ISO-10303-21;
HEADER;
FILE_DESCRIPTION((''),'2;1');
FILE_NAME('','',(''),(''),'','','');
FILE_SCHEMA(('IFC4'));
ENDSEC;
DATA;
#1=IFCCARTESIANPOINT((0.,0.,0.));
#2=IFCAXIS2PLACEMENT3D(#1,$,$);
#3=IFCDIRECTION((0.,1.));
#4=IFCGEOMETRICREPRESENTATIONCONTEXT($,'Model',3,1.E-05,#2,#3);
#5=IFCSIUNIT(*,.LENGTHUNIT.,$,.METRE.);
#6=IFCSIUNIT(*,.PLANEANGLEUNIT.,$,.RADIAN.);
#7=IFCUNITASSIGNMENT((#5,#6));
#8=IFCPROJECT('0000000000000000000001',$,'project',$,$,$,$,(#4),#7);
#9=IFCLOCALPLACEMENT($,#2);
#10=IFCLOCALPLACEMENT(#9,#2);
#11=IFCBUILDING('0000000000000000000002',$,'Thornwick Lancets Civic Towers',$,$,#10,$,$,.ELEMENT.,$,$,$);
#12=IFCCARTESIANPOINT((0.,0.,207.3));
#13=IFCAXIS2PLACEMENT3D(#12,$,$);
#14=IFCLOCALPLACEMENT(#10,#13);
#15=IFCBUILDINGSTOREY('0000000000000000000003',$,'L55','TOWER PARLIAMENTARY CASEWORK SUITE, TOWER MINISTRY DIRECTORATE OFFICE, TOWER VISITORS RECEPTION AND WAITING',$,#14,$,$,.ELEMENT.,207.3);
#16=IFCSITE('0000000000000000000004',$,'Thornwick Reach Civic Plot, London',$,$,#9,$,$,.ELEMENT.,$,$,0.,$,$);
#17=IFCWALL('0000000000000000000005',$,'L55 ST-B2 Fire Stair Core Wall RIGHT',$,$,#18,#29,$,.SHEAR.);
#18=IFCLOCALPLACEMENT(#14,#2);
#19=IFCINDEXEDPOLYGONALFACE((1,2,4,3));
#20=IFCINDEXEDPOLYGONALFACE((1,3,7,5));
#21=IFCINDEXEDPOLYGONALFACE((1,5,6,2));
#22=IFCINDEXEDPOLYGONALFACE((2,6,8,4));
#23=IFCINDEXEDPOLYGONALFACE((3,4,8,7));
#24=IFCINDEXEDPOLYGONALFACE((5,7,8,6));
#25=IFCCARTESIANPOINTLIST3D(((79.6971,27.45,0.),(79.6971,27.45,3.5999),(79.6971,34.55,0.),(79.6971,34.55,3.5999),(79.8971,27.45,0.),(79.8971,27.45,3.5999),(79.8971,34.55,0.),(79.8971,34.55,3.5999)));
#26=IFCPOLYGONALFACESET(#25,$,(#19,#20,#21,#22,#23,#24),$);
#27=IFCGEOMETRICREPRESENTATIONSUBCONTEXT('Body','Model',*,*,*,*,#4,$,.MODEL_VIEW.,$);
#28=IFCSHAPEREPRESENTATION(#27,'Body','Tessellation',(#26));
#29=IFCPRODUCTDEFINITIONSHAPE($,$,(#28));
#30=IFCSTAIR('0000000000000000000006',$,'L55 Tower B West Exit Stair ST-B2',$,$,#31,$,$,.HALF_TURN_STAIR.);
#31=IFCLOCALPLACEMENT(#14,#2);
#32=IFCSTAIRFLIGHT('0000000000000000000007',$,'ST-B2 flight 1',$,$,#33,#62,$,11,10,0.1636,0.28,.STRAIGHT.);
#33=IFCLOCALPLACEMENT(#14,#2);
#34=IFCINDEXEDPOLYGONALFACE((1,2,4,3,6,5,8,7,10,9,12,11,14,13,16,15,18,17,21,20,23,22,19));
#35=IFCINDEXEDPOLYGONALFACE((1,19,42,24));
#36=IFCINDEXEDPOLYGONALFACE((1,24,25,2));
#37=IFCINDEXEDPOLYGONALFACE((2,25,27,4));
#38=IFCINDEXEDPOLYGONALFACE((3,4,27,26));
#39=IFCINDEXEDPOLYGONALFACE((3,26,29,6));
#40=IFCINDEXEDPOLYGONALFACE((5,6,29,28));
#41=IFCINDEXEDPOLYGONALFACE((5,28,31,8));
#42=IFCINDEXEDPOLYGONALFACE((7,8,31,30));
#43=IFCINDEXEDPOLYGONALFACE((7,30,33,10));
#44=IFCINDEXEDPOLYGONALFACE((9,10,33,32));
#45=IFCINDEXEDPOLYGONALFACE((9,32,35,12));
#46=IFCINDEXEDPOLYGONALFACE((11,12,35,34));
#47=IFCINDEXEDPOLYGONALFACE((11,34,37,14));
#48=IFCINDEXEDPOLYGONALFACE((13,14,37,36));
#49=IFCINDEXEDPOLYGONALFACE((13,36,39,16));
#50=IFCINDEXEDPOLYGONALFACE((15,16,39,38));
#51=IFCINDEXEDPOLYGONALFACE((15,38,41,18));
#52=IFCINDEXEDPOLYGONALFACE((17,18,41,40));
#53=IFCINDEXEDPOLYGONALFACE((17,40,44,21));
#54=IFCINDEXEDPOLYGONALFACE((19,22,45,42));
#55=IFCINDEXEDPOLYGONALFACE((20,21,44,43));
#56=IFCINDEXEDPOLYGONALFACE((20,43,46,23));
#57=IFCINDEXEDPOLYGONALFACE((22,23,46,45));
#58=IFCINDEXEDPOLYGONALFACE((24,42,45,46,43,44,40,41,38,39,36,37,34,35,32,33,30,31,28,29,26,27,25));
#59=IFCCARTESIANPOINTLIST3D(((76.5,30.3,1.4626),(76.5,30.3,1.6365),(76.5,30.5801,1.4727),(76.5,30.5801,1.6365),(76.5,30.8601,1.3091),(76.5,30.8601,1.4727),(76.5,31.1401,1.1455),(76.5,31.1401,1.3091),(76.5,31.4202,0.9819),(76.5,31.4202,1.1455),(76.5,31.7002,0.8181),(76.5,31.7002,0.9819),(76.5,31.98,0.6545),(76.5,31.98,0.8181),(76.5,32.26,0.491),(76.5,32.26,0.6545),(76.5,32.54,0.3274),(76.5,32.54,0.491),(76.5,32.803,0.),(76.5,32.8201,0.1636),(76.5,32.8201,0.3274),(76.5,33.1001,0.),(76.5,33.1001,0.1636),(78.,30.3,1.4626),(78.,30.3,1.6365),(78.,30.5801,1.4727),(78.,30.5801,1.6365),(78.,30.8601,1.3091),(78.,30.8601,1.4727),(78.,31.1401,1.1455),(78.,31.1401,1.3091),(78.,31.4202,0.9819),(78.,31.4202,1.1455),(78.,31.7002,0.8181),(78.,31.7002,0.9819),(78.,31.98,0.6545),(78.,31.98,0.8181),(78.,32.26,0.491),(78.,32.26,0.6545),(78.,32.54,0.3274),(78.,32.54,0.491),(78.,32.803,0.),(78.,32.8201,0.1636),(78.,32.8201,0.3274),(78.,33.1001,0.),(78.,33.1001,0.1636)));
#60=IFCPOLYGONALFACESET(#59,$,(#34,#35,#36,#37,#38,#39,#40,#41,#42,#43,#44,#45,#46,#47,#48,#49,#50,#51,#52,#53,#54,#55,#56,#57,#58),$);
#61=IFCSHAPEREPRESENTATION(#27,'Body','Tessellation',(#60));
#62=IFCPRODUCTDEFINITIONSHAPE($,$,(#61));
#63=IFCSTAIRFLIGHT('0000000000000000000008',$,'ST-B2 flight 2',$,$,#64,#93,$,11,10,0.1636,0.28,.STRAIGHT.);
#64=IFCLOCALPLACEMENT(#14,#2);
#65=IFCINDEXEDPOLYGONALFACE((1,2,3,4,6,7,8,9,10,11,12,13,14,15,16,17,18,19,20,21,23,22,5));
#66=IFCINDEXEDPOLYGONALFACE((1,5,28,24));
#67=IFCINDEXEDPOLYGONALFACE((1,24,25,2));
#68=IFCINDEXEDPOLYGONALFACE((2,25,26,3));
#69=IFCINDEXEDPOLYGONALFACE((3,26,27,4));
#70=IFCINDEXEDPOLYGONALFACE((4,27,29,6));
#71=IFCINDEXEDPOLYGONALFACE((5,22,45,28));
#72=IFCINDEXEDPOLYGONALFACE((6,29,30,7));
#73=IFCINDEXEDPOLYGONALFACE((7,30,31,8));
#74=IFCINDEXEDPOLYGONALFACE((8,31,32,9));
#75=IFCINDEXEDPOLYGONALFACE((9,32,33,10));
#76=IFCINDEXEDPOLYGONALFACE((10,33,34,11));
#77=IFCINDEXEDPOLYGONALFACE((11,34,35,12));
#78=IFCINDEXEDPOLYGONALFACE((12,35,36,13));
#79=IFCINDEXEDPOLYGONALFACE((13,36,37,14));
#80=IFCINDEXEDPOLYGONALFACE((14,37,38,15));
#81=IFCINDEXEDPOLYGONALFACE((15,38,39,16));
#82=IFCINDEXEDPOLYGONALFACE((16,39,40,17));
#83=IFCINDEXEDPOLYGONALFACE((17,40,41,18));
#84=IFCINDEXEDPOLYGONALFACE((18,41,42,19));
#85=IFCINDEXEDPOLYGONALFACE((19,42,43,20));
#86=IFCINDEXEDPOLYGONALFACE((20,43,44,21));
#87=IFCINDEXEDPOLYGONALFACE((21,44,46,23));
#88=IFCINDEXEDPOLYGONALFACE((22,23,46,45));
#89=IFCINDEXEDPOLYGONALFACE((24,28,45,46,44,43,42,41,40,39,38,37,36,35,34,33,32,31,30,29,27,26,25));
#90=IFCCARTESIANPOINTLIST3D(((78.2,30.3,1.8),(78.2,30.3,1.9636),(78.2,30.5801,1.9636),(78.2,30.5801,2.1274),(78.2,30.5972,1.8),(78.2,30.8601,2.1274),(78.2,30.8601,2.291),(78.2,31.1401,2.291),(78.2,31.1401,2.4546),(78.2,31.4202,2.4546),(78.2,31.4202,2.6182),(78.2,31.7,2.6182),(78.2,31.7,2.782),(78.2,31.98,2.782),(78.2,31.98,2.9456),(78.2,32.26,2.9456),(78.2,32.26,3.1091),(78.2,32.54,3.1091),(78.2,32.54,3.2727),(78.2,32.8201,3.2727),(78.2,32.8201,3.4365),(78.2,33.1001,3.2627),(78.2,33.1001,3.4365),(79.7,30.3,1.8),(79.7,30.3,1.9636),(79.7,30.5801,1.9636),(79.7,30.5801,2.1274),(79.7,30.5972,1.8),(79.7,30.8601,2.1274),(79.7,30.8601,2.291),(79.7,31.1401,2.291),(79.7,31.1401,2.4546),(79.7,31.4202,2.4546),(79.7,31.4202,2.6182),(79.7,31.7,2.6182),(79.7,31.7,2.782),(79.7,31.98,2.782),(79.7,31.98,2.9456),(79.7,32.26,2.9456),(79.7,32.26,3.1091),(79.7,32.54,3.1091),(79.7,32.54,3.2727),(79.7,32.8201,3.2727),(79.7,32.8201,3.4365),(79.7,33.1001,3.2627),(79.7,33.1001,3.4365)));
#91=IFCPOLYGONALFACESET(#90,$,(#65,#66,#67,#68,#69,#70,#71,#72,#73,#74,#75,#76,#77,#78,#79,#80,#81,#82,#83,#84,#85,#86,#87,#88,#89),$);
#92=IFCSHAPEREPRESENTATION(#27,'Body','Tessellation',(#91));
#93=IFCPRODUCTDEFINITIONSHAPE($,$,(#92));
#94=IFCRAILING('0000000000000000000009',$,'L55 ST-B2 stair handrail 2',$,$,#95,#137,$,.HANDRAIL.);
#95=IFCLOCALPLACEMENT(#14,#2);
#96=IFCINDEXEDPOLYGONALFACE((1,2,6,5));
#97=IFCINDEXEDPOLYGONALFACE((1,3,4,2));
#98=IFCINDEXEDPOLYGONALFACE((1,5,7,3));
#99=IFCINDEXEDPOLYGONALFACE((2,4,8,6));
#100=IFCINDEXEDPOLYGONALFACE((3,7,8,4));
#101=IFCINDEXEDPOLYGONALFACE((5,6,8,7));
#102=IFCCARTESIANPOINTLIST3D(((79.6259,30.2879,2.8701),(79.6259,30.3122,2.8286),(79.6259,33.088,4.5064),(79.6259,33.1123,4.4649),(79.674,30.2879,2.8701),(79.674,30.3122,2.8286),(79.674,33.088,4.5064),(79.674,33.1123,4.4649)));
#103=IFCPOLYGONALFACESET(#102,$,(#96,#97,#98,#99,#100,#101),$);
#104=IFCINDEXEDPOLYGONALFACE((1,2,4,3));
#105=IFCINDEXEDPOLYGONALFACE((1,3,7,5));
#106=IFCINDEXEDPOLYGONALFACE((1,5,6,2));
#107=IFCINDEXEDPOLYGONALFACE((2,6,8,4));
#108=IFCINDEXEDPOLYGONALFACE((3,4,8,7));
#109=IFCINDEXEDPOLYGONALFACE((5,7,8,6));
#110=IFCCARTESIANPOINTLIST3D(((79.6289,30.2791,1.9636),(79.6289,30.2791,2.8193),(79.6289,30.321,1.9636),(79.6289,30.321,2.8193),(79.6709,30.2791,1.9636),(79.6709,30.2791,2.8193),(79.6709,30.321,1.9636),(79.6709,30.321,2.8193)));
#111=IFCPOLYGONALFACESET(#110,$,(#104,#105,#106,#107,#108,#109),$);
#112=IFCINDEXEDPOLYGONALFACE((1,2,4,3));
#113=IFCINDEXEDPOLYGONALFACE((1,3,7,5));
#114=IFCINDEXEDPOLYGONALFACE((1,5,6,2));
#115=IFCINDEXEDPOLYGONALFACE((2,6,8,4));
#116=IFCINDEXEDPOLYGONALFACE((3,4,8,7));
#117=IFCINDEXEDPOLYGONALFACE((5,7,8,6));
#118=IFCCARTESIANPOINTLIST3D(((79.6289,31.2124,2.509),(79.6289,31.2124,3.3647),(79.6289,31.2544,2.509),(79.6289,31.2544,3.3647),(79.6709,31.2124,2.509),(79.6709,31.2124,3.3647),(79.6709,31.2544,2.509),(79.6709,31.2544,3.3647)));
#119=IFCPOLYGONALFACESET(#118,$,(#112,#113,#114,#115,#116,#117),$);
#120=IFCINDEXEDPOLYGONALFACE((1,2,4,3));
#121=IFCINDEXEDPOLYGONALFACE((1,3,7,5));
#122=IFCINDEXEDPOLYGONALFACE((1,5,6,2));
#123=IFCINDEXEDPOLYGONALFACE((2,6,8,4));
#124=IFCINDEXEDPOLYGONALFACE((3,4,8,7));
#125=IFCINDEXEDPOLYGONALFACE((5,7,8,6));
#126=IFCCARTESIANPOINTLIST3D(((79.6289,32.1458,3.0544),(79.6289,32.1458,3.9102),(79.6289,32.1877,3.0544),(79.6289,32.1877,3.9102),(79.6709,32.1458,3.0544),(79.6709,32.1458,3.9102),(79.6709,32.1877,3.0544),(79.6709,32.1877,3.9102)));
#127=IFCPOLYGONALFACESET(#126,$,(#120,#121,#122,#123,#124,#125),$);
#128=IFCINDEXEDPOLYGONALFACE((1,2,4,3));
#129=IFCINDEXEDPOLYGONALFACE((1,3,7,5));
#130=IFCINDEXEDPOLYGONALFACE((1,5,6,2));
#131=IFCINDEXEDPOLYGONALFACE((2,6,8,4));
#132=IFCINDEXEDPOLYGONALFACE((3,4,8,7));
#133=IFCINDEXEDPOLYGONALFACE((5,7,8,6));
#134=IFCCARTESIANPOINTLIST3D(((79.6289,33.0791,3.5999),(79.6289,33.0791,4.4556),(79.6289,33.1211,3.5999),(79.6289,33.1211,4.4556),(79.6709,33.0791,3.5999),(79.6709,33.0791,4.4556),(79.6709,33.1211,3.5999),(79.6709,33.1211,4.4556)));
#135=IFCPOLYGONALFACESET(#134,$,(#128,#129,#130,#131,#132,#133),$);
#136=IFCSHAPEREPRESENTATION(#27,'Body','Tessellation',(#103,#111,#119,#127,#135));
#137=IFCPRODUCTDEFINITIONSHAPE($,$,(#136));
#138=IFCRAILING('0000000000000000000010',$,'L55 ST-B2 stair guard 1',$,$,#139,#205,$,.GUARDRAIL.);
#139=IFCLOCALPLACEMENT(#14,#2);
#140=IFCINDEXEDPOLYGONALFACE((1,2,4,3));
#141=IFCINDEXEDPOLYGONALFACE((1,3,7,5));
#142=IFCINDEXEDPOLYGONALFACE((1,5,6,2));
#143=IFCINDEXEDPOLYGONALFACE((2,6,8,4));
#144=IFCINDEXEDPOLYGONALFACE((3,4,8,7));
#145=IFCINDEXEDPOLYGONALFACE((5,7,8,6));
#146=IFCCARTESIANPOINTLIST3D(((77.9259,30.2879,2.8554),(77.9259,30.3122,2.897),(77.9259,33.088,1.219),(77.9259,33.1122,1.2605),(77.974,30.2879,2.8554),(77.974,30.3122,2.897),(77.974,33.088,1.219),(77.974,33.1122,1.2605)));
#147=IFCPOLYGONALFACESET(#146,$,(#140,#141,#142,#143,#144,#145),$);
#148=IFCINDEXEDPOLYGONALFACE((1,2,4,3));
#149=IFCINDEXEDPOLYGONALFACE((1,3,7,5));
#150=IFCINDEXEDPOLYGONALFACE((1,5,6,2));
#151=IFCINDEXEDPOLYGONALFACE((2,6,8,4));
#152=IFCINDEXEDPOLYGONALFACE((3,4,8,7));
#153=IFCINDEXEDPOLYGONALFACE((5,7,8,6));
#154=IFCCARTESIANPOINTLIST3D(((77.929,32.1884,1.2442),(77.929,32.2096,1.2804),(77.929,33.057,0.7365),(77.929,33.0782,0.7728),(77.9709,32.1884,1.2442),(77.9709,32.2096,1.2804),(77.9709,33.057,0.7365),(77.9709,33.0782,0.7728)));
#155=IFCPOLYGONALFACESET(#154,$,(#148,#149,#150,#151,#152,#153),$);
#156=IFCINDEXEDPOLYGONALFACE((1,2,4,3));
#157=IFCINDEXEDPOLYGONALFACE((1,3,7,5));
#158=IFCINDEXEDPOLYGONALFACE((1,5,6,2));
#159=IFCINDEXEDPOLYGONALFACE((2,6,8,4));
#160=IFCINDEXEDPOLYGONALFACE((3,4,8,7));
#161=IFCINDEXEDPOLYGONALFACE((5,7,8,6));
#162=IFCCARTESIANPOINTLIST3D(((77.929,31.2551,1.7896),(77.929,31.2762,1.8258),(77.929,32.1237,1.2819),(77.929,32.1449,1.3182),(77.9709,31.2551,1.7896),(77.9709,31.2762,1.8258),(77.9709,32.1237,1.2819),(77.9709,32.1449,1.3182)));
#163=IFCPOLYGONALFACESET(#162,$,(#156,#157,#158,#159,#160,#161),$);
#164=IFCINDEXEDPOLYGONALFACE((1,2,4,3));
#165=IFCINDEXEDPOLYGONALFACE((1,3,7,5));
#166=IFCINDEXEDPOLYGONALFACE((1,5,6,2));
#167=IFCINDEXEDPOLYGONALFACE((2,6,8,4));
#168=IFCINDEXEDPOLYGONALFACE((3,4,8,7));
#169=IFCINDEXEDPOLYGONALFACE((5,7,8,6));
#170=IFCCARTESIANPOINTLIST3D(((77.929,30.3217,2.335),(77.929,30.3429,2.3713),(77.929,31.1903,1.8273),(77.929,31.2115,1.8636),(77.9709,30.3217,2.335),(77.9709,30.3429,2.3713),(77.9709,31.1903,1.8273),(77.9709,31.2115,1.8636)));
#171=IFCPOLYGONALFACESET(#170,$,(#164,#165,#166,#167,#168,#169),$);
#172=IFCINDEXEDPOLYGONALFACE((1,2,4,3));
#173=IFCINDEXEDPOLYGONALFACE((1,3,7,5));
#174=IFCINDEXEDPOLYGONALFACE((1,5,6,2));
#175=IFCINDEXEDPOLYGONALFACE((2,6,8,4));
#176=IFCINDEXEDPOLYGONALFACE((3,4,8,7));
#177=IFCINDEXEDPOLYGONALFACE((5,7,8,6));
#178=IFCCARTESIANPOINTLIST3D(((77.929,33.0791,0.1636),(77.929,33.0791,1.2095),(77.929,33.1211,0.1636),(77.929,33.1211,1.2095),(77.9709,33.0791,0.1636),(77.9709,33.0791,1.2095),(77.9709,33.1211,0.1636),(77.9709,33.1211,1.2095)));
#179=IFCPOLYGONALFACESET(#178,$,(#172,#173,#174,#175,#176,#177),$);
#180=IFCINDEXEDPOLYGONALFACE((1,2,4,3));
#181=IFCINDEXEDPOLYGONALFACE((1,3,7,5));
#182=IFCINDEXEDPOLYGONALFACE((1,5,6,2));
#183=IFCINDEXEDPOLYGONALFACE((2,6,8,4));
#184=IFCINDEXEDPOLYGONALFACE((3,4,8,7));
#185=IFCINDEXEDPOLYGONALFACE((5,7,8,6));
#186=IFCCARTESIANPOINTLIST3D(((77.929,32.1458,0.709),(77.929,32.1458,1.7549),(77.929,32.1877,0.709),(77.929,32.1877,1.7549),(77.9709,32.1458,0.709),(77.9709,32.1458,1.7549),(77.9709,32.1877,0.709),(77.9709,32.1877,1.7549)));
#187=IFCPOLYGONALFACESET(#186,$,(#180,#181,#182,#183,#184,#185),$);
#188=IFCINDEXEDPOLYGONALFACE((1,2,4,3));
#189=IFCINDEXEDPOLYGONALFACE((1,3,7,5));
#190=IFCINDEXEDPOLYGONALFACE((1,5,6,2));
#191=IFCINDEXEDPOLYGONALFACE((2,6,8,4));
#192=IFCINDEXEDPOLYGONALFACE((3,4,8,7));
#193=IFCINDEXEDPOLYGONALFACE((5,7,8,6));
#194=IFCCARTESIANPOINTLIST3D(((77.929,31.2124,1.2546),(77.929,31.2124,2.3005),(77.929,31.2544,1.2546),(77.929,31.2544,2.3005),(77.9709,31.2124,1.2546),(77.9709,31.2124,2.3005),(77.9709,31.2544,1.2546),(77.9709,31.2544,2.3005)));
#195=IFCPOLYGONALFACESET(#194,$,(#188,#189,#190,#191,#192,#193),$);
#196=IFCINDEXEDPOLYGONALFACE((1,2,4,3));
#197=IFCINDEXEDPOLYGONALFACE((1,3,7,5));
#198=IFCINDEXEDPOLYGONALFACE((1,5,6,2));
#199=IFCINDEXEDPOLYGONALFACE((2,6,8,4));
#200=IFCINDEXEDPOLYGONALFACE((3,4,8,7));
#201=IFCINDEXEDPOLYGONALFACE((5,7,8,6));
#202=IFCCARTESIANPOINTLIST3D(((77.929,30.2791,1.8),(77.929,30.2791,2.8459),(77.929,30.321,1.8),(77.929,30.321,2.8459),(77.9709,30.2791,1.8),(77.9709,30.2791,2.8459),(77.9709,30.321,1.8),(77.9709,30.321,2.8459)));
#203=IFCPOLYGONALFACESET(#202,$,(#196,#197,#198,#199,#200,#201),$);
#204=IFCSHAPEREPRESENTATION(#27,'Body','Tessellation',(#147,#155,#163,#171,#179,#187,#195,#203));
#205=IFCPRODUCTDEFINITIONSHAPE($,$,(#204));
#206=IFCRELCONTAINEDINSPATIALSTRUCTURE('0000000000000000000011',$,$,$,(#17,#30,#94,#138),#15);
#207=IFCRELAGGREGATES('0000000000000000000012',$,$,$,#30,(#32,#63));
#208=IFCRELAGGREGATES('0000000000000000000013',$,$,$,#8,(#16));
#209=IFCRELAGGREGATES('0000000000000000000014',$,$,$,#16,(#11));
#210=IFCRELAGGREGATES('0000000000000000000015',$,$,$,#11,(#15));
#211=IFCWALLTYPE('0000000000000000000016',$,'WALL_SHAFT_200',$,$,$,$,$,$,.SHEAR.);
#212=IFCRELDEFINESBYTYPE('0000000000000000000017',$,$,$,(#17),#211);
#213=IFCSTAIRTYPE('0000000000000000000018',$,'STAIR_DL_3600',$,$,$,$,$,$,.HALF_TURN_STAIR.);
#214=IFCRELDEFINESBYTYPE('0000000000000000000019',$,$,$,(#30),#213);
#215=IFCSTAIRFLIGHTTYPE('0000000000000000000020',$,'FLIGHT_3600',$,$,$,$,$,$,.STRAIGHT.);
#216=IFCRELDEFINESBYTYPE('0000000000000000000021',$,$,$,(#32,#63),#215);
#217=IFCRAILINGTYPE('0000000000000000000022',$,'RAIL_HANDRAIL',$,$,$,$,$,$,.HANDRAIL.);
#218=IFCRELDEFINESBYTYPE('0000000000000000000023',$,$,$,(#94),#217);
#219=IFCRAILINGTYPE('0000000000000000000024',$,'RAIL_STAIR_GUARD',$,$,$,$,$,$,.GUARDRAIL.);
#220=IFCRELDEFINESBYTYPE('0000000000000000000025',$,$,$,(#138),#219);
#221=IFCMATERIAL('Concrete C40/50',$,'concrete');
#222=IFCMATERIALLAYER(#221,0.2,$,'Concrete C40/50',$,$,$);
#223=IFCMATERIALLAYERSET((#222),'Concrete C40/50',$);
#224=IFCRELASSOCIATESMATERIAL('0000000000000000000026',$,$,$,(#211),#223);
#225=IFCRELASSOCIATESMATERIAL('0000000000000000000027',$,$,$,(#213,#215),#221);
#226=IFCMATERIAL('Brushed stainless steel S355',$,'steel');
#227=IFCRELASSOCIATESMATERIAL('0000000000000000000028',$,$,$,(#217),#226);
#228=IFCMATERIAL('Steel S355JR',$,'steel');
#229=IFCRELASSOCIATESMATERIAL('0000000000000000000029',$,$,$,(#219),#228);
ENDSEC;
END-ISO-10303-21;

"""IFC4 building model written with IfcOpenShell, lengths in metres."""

from ifc_helpers import new_model, si_unit, direction, frame, frame_2d, origin, origin_2d, place, context, subcontext, project, spatial, polyline, rectangle, outline, extrude, material, layer, layer_set, type_object, element, aggregate, save


model = new_model("IFC4")

# Units and contexts
model_context = context("Model", 3, precision=1e-05, world=origin(), true_north=direction((0.0, 1.0)))
body_context = subcontext(model_context, "Body", "Model", "MODEL_VIEW")
ifc_project = project(units=[si_unit("LENGTHUNIT", "METRE"), si_unit("PLANEANGLEUNIT", "RADIAN")], contexts=[model_context])

# Site, building, storey
site_placement = place(None, origin())
site = spatial("IfcSite", under=ifc_project, at=site_placement, Name="Thornwick Reach Civic Plot, London", CompositionType="ELEMENT", RefElevation=0.0)
building_placement = place(site_placement, origin())
building = spatial("IfcBuilding", under=site, at=building_placement, Name="Thornwick Lancets Civic Towers", CompositionType="ELEMENT")
storey_placement = place(building_placement, frame((0.0, 0.0, 207.3)))
storey = spatial("IfcBuildingStorey", under=building, at=storey_placement, Name="L55", Description="TOWER PARLIAMENTARY CASEWORK SUITE, TOWER MINISTRY DIRECTORATE OFFICE, TOWER VISITORS RECEPTION AND WAITING", CompositionType="ELEMENT", Elevation=207.3)

# Shared definitions
ifc_material_1 = material(Name="Steel S355JR", Category="steel")

# Shared definitions
ifc_material_2 = material(Name="Concrete C40/50", Category="concrete")
ifc_layer_1 = layer(ifc_material_2, 0.2, Name="Concrete C40/50")
ifc_layer_set_1 = layer_set([ifc_layer_1], Name="Concrete C40/50")
wall_type_1 = type_object("IfcWallType", Name="WALL_SHAFT_200", PredefinedType="SHEAR", material=ifc_layer_set_1)

# Wall
wall_1_placement = place(storey_placement, frame((79.7971, 27.45, 0.0), z_axis=(0.0, 0.0, 1.0), x_axis=(0.0, 1.0, 0.0)))
element("IfcWall", 1, at=wall_1_placement, inside=storey, type_object=wall_type_1, Name="L55 ST-B2 Fire Stair Core Wall RIGHT", PredefinedType="SHEAR", context=body_context, shape_type="SweptSolid", body=[
    extrude(rectangle(XDim=7.1001, YDim=0.2, at=frame_2d((3.55, 0.0))), origin(), (0.0, 0.0, 1.0), 3.5999),
])

# Stair, stair flights
stair_type = type_object("IfcStairType", Name="STAIR_DL_3600", PredefinedType="HALF_TURN_STAIR", material=ifc_material_2)
stair_placement = place(storey_placement, origin())
stair = element("IfcStair", 2, at=stair_placement, inside=storey, type_object=stair_type, Name="L55 Tower B West Exit Stair ST-B2", PredefinedType="HALF_TURN_STAIR")
stair_flight_type = type_object("IfcStairFlightType", Name="FLIGHT_3600", PredefinedType="STRAIGHT", material=ifc_material_2)
stair_flight_1_placement = place(storey_placement, frame((77.25, 33.1001, 0.0), z_axis=(0.0, 0.0, 1.0), x_axis=(0.0, -1.0, 0.0)))
stair_flight_1 = element("IfcStairFlight", 3, at=stair_flight_1_placement, type_object=stair_flight_type, Name="ST-B2 flight 1", NumberOfRisers=11, NumberOfTreads=10, PredefinedType="STRAIGHT", RiserHeight=0.1636, TreadLength=0.28, context=body_context, shape_type="SweptSolid", body=[
    extrude(outline(polyline([(0.0, 0.0), (0.0, 0.1636), (0.28, 0.1636), (0.28, 0.3274), (0.5601, 0.3274), (0.5601, 0.491), (0.8401, 0.491), (0.8401, 0.6545), (1.1201, 0.6545), (1.1201, 0.8181), (1.3999, 0.8181), (1.3999, 0.9819), (1.6799, 0.9819), (1.6799, 1.1455), (1.96, 1.1455), (1.96, 1.3091), (2.24, 1.3091), (2.24, 1.4727), (2.52, 1.4727), (2.52, 1.6365), (2.8, 1.6365), (2.8, 1.8), (2.8, 1.4626), (0.2971, 0.0), (0.0, 0.0)])), frame((0.0, 0.75, 0.0), z_axis=(0.0, -1.0, 0.0), x_axis=(1.0, 0.0, 0.0)), (0.0, 0.0, 1.0), 1.5),
])
stair_flight_2_placement = place(storey_placement, frame((78.95, 30.3, 1.8), z_axis=(0.0, 0.0, 1.0), x_axis=(0.0, 1.0, 0.0)))
stair_flight_2 = element("IfcStairFlight", 4, at=stair_flight_2_placement, type_object=stair_flight_type, Name="ST-B2 flight 2", NumberOfRisers=11, NumberOfTreads=10, PredefinedType="STRAIGHT", RiserHeight=0.1636, TreadLength=0.28, context=body_context, shape_type="SweptSolid", body=[
    extrude(outline(polyline([(0.0, 0.0), (0.0, 0.1636), (0.28, 0.1636), (0.28, 0.3274), (0.5601, 0.3274), (0.5601, 0.491), (0.8401, 0.491), (0.8401, 0.6545), (1.1201, 0.6545), (1.1201, 0.8181), (1.3999, 0.8181), (1.3999, 0.9819), (1.6799, 0.9819), (1.6799, 1.1455), (1.96, 1.1455), (1.96, 1.3091), (2.24, 1.3091), (2.24, 1.4727), (2.52, 1.4727), (2.52, 1.6365), (2.8, 1.6365), (2.8, 1.8), (2.8, 1.4626), (0.2971, 0.0), (0.0, 0.0)])), frame((0.0, 0.75, 0.0), z_axis=(0.0, -1.0, 0.0), x_axis=(1.0, 0.0, 0.0)), (0.0, 0.0, 1.0), 1.5),
])
aggregate(stair, [stair_flight_1, stair_flight_2])

# Railings
ifc_material_3 = material(Name="Brushed stainless steel S355", Category="steel")
railing_type_1 = type_object("IfcRailingType", Name="RAIL_HANDRAIL", PredefinedType="HANDRAIL", material=ifc_material_3)
railing_1_placement = place(storey_placement, frame((79.6499, 30.3, 1.9636)))
element("IfcRailing", 5, at=railing_1_placement, inside=storey, type_object=railing_type_1, Name="L55 ST-B2 stair handrail 2", PredefinedType="HANDRAIL", context=body_context, shape_type="SweptSolid", body=[
    extrude(rectangle(XDim=0.0481, YDim=0.0481, at=origin_2d()), frame((0.0, 0.0, 0.8857), z_axis=(0.0, 0.863394, 0.504531), x_axis=(-1.0, 0.0, 0.0)), (0.0, 0.0, 1.0), 3.2432),
    extrude(rectangle(XDim=0.042, YDim=0.042, at=origin_2d()), origin(), (0.0, 0.0, 1.0), 0.8557),
    extrude(rectangle(XDim=0.042, YDim=0.042, at=origin_2d()), frame((0.0, 0.9333, 0.5454)), (0.0, 0.0, 1.0), 0.8557),
    extrude(rectangle(XDim=0.042, YDim=0.042, at=origin_2d()), frame((0.0, 1.8667, 1.0908)), (0.0, 0.0, 1.0), 0.8557),
    extrude(rectangle(XDim=0.042, YDim=0.042, at=origin_2d()), frame((0.0, 2.8, 1.6362)), (0.0, 0.0, 1.0), 0.8557),
])
railing_type_2 = type_object("IfcRailingType", Name="RAIL_STAIR_GUARD", PredefinedType="GUARDRAIL", material=ifc_material_1)
railing_2_placement = place(storey_placement, frame((77.95, 33.1001, 0.1636)))
element("IfcRailing", 6, at=railing_2_placement, inside=storey, type_object=railing_type_2, Name="L55 ST-B2 stair guard 1", PredefinedType="GUARDRAIL", context=body_context, shape_type="SweptSolid", body=[
    extrude(rectangle(XDim=0.0481, YDim=0.0481, at=origin_2d()), frame((0.0, 0.0, 1.0762), z_axis=(0.0, -0.863361, 0.504587), x_axis=(1.0, 0.0, 0.0)), (0.0, 0.0, 1.0), 3.2432),
    extrude(rectangle(XDim=0.042, YDim=0.042, at=origin_2d()), frame((0.0, -0.0325, 0.5911), z_axis=(0.0, -0.863361, 0.504587), x_axis=(1.0, 0.0, 0.0)), (0.0, 0.0, 1.0), 1.0061),
    extrude(rectangle(XDim=0.042, YDim=0.042, at=origin_2d()), frame((0.0, -0.9658, 1.1365), z_axis=(0.0, -0.863361, 0.504587), x_axis=(1.0, 0.0, 0.0)), (0.0, 0.0, 1.0), 1.0061),
    extrude(rectangle(XDim=0.042, YDim=0.042, at=origin_2d()), frame((0.0, -1.8992, 1.6819), z_axis=(0.0, -0.863361, 0.504587), x_axis=(1.0, 0.0, 0.0)), (0.0, 0.0, 1.0), 1.0061),
    extrude(rectangle(XDim=0.042, YDim=0.042, at=origin_2d()), origin(), (0.0, 0.0, 1.0), 1.0459),
    extrude(rectangle(XDim=0.042, YDim=0.042, at=origin_2d()), frame((0.0, -0.9333, 0.5454)), (0.0, 0.0, 1.0), 1.0459),
    extrude(rectangle(XDim=0.042, YDim=0.042, at=origin_2d()), frame((0.0, -1.8667, 1.0911)), (0.0, 0.0, 1.0), 1.0459),
    extrude(rectangle(XDim=0.042, YDim=0.042, at=origin_2d()), frame((0.0, -2.8, 1.6365)), (0.0, 0.0, 1.0), 1.0459),
])

save(model, "model.ifc")
